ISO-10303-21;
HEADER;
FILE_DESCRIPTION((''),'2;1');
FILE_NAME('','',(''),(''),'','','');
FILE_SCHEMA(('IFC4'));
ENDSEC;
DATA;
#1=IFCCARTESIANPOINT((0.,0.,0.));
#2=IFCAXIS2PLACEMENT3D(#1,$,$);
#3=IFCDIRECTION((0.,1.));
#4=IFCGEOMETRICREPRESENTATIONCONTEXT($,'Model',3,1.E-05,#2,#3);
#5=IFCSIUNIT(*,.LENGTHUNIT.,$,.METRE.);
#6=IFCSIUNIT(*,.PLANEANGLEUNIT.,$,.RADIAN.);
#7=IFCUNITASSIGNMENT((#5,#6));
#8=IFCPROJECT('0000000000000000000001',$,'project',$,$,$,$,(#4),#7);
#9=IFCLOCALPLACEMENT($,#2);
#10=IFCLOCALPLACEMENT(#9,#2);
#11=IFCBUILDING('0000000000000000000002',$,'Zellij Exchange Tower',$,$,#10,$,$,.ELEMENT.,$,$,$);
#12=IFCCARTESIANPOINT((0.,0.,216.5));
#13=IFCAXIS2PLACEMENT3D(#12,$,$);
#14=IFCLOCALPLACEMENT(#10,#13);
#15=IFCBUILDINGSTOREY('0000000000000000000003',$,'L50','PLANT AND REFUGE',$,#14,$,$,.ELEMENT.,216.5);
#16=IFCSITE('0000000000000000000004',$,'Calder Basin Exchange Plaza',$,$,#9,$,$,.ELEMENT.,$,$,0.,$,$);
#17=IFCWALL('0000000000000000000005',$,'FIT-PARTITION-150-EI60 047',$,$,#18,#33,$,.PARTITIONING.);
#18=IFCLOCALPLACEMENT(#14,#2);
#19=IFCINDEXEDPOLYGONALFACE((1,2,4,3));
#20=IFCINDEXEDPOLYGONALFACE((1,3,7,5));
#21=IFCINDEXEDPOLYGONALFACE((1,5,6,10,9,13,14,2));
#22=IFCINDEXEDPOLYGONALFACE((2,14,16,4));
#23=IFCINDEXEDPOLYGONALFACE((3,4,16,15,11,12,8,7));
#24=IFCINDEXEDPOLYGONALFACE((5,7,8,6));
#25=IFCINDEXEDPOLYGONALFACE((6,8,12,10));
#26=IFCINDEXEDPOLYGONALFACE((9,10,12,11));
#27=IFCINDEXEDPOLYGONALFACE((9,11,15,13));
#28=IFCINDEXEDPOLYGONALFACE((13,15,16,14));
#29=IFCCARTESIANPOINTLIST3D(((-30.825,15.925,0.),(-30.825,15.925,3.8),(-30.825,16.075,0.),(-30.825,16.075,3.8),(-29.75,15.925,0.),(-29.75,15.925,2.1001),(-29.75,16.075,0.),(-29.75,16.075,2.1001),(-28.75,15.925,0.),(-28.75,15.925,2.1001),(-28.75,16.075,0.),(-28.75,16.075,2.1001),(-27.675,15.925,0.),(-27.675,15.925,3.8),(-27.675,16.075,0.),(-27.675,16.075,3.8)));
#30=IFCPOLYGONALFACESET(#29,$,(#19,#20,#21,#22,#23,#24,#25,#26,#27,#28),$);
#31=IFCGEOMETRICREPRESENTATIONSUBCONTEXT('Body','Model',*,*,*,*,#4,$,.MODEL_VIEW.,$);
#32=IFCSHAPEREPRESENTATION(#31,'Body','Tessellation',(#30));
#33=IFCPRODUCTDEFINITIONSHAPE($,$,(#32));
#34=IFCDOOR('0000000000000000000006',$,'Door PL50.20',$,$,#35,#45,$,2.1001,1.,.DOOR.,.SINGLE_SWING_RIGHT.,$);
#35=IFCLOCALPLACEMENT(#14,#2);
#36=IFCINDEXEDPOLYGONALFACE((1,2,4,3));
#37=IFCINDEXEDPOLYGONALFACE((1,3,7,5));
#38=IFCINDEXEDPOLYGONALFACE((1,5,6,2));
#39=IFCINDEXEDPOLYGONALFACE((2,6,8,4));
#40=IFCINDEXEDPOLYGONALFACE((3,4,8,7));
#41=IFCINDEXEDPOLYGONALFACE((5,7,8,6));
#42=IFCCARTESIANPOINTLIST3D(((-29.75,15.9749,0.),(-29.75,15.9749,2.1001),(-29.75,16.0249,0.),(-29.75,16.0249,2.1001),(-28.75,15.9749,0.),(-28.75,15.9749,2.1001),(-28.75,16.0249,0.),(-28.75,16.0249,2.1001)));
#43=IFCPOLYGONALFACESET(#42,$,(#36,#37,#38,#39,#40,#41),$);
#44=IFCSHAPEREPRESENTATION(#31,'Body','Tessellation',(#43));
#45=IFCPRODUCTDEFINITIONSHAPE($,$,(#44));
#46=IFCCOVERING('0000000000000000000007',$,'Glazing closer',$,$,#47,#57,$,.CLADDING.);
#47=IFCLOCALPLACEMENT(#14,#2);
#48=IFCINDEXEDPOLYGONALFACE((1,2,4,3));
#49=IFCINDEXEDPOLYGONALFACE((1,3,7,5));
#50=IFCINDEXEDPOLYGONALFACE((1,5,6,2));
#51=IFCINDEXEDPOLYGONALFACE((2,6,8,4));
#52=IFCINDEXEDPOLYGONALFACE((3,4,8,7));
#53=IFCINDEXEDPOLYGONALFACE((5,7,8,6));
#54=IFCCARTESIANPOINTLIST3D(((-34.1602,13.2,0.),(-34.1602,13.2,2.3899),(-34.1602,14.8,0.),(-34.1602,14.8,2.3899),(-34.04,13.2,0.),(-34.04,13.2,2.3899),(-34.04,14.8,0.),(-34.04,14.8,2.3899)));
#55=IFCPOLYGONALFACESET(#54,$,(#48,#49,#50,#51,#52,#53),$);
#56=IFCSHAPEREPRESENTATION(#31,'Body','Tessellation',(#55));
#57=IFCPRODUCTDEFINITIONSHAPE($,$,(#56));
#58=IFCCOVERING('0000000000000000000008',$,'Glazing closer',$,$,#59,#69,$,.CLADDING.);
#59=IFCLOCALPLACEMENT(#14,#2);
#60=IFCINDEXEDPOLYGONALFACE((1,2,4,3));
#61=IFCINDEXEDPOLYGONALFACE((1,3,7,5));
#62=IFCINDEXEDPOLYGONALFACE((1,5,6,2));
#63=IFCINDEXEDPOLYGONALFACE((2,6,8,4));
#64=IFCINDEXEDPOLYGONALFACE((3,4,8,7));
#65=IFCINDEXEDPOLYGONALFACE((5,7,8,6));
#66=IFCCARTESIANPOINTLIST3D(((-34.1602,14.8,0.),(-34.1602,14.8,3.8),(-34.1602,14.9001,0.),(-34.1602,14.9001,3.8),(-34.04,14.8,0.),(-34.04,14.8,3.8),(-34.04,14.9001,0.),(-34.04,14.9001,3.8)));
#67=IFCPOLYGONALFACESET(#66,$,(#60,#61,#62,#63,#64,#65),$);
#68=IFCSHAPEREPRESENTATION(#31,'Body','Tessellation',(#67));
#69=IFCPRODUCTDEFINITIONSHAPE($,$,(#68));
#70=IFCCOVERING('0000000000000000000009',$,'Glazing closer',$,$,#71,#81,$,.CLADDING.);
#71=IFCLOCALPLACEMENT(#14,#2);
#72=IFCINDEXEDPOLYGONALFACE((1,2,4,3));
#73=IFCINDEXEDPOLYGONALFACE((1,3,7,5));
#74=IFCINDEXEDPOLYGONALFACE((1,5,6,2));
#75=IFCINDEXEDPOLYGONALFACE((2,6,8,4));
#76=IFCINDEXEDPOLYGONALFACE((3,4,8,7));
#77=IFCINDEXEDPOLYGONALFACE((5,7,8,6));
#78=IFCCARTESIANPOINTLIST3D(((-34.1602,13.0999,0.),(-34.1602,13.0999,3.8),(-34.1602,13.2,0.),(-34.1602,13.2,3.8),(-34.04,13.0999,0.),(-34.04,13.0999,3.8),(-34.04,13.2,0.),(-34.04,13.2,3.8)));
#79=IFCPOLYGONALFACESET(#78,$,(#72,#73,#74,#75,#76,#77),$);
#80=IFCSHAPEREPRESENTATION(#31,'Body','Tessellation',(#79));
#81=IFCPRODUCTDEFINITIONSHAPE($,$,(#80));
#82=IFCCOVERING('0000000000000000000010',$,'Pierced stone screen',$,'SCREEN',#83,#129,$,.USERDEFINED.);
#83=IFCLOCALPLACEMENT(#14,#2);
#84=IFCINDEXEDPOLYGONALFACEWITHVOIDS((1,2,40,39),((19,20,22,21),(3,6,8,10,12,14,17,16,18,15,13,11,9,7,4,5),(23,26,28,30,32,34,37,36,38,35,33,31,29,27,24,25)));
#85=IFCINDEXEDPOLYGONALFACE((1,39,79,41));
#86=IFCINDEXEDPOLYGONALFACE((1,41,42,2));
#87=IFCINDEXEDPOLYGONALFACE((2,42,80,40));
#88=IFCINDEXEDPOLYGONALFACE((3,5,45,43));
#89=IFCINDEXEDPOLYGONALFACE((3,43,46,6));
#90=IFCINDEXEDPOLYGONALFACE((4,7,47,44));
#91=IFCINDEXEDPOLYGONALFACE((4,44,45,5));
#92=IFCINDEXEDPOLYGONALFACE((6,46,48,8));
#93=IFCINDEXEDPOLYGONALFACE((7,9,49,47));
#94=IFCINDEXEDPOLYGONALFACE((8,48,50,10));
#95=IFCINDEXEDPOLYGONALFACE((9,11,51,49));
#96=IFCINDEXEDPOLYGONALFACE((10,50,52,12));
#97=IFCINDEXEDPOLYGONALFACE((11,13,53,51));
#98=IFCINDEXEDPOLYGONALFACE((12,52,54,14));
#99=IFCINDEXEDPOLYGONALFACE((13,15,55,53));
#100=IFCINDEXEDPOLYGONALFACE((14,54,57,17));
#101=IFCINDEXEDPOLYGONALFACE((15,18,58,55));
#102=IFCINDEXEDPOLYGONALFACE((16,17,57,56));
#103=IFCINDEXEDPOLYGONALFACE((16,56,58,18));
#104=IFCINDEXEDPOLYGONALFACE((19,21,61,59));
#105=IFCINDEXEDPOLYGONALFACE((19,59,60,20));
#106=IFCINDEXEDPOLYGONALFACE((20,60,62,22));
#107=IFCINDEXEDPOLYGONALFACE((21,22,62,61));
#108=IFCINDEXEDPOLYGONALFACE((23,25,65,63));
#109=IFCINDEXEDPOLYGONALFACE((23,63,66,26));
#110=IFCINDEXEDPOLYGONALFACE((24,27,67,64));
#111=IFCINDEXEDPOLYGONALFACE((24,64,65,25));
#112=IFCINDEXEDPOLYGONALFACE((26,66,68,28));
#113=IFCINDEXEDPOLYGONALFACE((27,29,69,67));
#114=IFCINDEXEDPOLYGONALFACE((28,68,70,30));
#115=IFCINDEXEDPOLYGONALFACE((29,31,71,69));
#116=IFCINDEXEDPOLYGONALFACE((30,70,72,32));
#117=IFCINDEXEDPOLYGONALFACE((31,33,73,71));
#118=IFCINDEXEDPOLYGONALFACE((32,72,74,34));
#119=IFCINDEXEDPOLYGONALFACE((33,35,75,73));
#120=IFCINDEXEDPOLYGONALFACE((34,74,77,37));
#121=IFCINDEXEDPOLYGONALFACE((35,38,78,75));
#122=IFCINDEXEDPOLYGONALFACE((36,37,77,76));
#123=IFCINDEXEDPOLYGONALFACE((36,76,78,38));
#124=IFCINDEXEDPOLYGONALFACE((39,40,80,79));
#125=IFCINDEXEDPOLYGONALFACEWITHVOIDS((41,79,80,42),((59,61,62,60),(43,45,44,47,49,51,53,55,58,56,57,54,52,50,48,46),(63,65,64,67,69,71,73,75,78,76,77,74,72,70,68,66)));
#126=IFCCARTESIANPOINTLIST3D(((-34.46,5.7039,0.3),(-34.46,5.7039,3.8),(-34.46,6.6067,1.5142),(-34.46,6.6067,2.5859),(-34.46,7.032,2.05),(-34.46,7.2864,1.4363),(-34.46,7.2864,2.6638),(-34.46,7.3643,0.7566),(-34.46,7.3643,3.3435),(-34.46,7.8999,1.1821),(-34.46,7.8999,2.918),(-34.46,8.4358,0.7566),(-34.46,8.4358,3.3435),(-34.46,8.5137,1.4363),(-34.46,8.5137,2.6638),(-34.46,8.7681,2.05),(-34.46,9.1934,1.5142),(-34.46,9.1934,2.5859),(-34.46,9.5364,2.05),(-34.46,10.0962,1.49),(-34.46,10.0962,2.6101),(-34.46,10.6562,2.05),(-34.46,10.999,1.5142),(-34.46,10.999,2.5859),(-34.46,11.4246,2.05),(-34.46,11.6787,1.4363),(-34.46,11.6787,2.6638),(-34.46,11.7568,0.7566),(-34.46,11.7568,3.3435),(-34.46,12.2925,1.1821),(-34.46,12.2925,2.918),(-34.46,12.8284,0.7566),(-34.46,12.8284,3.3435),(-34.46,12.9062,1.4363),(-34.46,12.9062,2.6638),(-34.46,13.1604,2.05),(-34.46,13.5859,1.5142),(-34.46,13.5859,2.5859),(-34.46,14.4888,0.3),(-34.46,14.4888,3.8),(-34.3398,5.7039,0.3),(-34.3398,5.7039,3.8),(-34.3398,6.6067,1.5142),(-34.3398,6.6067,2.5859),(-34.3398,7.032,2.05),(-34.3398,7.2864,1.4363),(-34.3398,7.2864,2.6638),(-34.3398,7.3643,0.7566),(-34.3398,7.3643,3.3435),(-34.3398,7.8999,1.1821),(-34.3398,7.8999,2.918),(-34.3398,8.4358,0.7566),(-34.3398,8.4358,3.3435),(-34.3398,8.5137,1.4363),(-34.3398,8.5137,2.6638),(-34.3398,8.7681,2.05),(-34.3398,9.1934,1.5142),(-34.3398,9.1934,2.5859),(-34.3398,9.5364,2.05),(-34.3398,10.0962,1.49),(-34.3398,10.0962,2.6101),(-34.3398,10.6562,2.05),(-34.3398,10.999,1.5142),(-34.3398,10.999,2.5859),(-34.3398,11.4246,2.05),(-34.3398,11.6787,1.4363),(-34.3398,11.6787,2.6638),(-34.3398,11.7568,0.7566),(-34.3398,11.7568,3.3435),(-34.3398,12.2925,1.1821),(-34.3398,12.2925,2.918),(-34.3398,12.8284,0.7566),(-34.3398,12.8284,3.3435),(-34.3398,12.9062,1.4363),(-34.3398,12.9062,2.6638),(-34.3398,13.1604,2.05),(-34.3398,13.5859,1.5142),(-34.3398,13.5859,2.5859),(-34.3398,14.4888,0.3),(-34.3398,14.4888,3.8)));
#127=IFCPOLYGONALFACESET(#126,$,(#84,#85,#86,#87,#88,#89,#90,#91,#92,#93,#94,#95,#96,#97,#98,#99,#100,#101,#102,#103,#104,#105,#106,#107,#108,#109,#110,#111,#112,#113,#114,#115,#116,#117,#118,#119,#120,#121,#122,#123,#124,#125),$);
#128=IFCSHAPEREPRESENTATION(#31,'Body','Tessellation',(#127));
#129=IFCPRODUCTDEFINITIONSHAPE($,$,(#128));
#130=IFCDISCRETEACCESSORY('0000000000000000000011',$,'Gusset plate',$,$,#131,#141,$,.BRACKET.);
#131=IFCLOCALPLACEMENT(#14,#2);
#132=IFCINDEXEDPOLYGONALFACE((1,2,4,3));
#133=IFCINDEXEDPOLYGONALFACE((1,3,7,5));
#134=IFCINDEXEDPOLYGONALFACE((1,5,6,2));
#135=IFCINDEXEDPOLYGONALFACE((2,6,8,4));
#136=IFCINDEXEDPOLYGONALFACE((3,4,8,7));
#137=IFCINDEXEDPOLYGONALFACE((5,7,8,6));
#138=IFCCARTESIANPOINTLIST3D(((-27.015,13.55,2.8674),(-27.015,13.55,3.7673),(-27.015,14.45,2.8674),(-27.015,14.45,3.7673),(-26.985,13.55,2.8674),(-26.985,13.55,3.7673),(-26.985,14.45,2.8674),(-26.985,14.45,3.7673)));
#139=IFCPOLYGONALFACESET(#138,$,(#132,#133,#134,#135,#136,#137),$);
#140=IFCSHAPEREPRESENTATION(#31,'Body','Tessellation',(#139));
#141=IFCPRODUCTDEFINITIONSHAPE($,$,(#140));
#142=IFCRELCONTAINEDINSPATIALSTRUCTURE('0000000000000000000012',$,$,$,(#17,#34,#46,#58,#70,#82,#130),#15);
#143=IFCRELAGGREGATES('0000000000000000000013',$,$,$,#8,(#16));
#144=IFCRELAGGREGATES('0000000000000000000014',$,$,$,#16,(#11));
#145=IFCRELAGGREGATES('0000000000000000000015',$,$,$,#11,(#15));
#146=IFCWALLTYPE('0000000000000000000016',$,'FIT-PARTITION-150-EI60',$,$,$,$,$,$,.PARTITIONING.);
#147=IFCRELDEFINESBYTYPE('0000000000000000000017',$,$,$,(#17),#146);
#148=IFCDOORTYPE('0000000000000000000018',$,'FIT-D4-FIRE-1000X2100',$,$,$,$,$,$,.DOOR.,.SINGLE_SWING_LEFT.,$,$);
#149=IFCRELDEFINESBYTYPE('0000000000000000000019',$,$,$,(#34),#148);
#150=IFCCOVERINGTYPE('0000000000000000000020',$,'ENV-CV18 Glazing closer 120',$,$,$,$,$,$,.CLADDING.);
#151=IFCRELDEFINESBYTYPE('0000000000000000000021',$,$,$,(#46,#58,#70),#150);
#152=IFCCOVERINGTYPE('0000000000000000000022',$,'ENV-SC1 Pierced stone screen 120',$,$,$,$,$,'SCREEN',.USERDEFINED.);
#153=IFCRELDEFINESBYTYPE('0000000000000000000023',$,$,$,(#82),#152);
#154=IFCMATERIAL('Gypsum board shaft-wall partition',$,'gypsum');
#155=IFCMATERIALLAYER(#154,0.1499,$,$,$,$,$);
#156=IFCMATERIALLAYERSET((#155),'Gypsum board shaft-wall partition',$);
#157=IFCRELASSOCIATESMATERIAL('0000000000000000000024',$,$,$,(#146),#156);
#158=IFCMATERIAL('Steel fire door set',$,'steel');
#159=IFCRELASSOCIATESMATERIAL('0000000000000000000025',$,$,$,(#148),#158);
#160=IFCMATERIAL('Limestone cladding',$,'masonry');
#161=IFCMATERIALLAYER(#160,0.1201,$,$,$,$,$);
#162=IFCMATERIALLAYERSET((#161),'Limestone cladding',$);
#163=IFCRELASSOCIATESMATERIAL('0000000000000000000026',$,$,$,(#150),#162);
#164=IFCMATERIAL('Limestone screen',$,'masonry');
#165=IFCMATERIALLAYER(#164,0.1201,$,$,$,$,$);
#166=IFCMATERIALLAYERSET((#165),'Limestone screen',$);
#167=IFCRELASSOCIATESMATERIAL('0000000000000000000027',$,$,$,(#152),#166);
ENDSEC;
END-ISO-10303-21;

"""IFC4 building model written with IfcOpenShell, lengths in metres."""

from ifc_helpers import new_model, si_unit, direction, frame, frame_2d, origin, origin_2d, place, context, subcontext, project, spatial, polyline, rectangle, outline, extrude, material, layer, layer_set, type_object, element, fill, save


model = new_model("IFC4")

# Units and contexts
model_context = context("Model", 3, precision=1e-05, world=origin(), true_north=direction((0.0, 1.0)))
body_context = subcontext(model_context, "Body", "Model", "MODEL_VIEW")
ifc_project = project(units=[si_unit("LENGTHUNIT", "METRE"), si_unit("PLANEANGLEUNIT", "RADIAN")], contexts=[model_context])

# Site, building, storey
site_placement = place(None, origin())
site = spatial("IfcSite", under=ifc_project, at=site_placement, Name="Calder Basin Exchange Plaza", CompositionType="ELEMENT", RefElevation=0.0)
building_placement = place(site_placement, origin())
building = spatial("IfcBuilding", under=site, at=building_placement, Name="Zellij Exchange Tower", CompositionType="ELEMENT")
storey_placement = place(building_placement, frame((0.0, 0.0, 216.5)))
storey = spatial("IfcBuildingStorey", under=building, at=storey_placement, Name="L50", Description="PLANT AND REFUGE", CompositionType="ELEMENT", Elevation=216.5)

# Wall, opening, door
ifc_material_1 = material(Name="Gypsum board shaft-wall partition", Category="gypsum")
ifc_layer_1 = layer(ifc_material_1, 0.1499)
ifc_layer_set_1 = layer_set([ifc_layer_1], Name="Gypsum board shaft-wall partition")
wall_type = type_object("IfcWallType", Name="FIT-PARTITION-150-EI60", PredefinedType="PARTITIONING", material=ifc_layer_set_1)
wall_placement = place(storey_placement, frame((-30.825, 16.0, 0.0), z_axis=(0.0, 0.0, 1.0), x_axis=(1.0, 0.0, 0.0)))
wall = element("IfcWall", 1, at=wall_placement, inside=storey, type_object=wall_type, Name="FIT-PARTITION-150-EI60 047", PredefinedType="PARTITIONING", context=body_context, shape_type="SweptSolid", body=[
    extrude(rectangle(XDim=3.1499, YDim=0.1499, at=frame_2d((1.575, 0.0))), origin(), (0.0, 0.0, 1.0), 3.8),
])
opening_placement = place(wall_placement, frame((1.075, 0.0, 0.0)))
opening = element("IfcOpeningElement", 2, at=opening_placement, cuts=wall, PredefinedType="OPENING", context=body_context, shape_type="SweptSolid", body=[
    extrude(rectangle(XDim=1.0, YDim=2.1001, at=frame_2d((0.5, 1.05))), frame((0.0, 0.0869, 0.0), z_axis=(0.0, -1.0, 0.0), x_axis=(1.0, 0.0, 0.0)), (0.0, 0.0, 1.0), 0.1738),
])
ifc_material_2 = material(Name="Steel fire door set", Category="steel")
door_type = type_object("IfcDoorType", Name="FIT-D4-FIRE-1000X2100", OperationType="SINGLE_SWING_LEFT", PredefinedType="DOOR", material=ifc_material_2)
door_placement = place(opening_placement, origin())
door = element("IfcDoor", 3, at=door_placement, inside=storey, type_object=door_type, Name="Door PL50.20", OperationType="SINGLE_SWING_RIGHT", OverallHeight=2.1001, OverallWidth=1.0, PredefinedType="DOOR", context=body_context, shape_type="SweptSolid", body=[
    extrude(rectangle(XDim=1.0, YDim=2.1001, at=frame_2d((0.5, 1.05))), frame((0.0, 0.0249, 0.0), z_axis=(0.0, -1.0, 0.0), x_axis=(1.0, 0.0, 0.0)), (0.0, 0.0, 1.0), 0.05),
])
fill(opening, door)

# Coverings
ifc_material_3 = material(Name="Limestone cladding", Category="masonry")
ifc_layer_2 = layer(ifc_material_3, 0.1201)
ifc_layer_set_2 = layer_set([ifc_layer_2], Name="Limestone cladding")
covering_type_1 = type_object("IfcCoveringType", Name="ENV-CV18 Glazing closer 120", PredefinedType="CLADDING", material=ifc_layer_set_2)
covering_1_placement = place(storey_placement, frame((-34.1001, 14.0, 0.0), z_axis=(0.0, 0.0, 1.0), x_axis=(0.0, -1.0, 0.0)))
element("IfcCovering", 4, at=covering_1_placement, inside=storey, type_object=covering_type_1, Name="Glazing closer", PredefinedType="CLADDING", context=body_context, shape_type="SweptSolid", body=[
    extrude(rectangle(XDim=1.6001, YDim=0.1201, at=origin_2d()), origin(), (0.0, 0.0, 1.0), 2.3899),
])
for number, where, z_axis, x_axis, name in (
    (5, (-34.1001, 14.8501, 0.0), (0.0, 0.0, 1.0), (0.0, -1.0, 0.0), "Glazing closer"),
    (6, (-34.1001, 13.1499, 0.0), (0.0, 0.0, 1.0), (0.0, -1.0, 0.0), "Glazing closer"),
):
    element("IfcCovering", number, at=place(storey_placement, frame(where, z_axis=z_axis, x_axis=x_axis)), inside=storey, type_object=covering_type_1, Name=name, PredefinedType="CLADDING", context=body_context, shape_type="SweptSolid", body=[
        extrude(rectangle(XDim=0.1001, YDim=0.1201, at=origin_2d()), origin(), (0.0, 0.0, 1.0), 3.8),
    ])
ifc_material_4 = material(Name="Limestone screen", Category="masonry")
ifc_layer_3 = layer(ifc_material_4, 0.1201)
ifc_layer_set_3 = layer_set([ifc_layer_3], Name="Limestone screen")
covering_type_2 = type_object("IfcCoveringType", Name="ENV-SC1 Pierced stone screen 120", ElementType="SCREEN", PredefinedType="USERDEFINED", material=ifc_layer_set_3)
covering_2_placement = place(storey_placement, frame((-34.3999, 14.4888, 0.3), z_axis=(0.0, 0.0, 1.0), x_axis=(0.0, -1.0, 0.0)))
element("IfcCovering", 7, at=covering_2_placement, inside=storey, type_object=covering_type_2, Name="Pierced stone screen", ObjectType="SCREEN", PredefinedType="USERDEFINED", context=body_context, shape_type="SweptSolid", body=[
    extrude(outline(polyline([(0.0, 0.0), (8.7849, 0.0), (8.7849, 3.5), (0.0, 3.5), (0.0, 0.0)]), holes=[polyline([(3.4897, 2.2859), (2.8101, 2.3638), (2.7319, 3.0435), (2.1963, 2.6179), (1.6604, 3.0435), (1.5825, 2.3638), (0.9028, 2.2859), (1.3284, 1.75), (0.9028, 1.2141), (1.5825, 1.1362), (1.6604, 0.4565), (2.1963, 0.8821), (2.7319, 0.4565), (2.8101, 1.1362), (3.4897, 1.2141), (3.0642, 1.75), (3.4897, 2.2859)]), polyline([(7.8821, 2.2859), (7.2024, 2.3638), (7.1245, 3.0435), (6.5889, 2.6179), (6.053, 3.0435), (5.9751, 2.3638), (5.2954, 2.2859), (5.7207, 1.75), (5.2954, 1.2141), (5.9751, 1.1362), (6.053, 0.4565), (6.5889, 0.8821), (7.1245, 0.4565), (7.2024, 1.1362), (7.8821, 1.2141), (7.4568, 1.75), (7.8821, 2.2859)]), polyline([(4.9524, 1.75), (4.3926, 2.3101), (3.8325, 1.75), (4.3926, 1.1899), (4.9524, 1.75)])]), frame((0.0, 0.0601, 0.0), z_axis=(0.0, -1.0, 0.0), x_axis=(1.0, 0.0, 0.0)), (0.0, 0.0, 1.0), 0.1201),
])

# Discrete accessory
discrete_accessory_placement = place(storey_placement, frame((-27.0, 14.0, 2.8674), z_axis=(0.0, 0.0, 1.0), x_axis=(0.0, 1.0, 0.0)))
element("IfcDiscreteAccessory", 8, at=discrete_accessory_placement, inside=storey, Name="Gusset plate", PredefinedType="BRACKET", context=body_context, shape_type="SweptSolid", body=[
    extrude(rectangle(XDim=0.8999, YDim=0.03, at=origin_2d()), origin(), (0.0, 0.0, 1.0), 0.8999),
])

save(model, "model.ifc")
